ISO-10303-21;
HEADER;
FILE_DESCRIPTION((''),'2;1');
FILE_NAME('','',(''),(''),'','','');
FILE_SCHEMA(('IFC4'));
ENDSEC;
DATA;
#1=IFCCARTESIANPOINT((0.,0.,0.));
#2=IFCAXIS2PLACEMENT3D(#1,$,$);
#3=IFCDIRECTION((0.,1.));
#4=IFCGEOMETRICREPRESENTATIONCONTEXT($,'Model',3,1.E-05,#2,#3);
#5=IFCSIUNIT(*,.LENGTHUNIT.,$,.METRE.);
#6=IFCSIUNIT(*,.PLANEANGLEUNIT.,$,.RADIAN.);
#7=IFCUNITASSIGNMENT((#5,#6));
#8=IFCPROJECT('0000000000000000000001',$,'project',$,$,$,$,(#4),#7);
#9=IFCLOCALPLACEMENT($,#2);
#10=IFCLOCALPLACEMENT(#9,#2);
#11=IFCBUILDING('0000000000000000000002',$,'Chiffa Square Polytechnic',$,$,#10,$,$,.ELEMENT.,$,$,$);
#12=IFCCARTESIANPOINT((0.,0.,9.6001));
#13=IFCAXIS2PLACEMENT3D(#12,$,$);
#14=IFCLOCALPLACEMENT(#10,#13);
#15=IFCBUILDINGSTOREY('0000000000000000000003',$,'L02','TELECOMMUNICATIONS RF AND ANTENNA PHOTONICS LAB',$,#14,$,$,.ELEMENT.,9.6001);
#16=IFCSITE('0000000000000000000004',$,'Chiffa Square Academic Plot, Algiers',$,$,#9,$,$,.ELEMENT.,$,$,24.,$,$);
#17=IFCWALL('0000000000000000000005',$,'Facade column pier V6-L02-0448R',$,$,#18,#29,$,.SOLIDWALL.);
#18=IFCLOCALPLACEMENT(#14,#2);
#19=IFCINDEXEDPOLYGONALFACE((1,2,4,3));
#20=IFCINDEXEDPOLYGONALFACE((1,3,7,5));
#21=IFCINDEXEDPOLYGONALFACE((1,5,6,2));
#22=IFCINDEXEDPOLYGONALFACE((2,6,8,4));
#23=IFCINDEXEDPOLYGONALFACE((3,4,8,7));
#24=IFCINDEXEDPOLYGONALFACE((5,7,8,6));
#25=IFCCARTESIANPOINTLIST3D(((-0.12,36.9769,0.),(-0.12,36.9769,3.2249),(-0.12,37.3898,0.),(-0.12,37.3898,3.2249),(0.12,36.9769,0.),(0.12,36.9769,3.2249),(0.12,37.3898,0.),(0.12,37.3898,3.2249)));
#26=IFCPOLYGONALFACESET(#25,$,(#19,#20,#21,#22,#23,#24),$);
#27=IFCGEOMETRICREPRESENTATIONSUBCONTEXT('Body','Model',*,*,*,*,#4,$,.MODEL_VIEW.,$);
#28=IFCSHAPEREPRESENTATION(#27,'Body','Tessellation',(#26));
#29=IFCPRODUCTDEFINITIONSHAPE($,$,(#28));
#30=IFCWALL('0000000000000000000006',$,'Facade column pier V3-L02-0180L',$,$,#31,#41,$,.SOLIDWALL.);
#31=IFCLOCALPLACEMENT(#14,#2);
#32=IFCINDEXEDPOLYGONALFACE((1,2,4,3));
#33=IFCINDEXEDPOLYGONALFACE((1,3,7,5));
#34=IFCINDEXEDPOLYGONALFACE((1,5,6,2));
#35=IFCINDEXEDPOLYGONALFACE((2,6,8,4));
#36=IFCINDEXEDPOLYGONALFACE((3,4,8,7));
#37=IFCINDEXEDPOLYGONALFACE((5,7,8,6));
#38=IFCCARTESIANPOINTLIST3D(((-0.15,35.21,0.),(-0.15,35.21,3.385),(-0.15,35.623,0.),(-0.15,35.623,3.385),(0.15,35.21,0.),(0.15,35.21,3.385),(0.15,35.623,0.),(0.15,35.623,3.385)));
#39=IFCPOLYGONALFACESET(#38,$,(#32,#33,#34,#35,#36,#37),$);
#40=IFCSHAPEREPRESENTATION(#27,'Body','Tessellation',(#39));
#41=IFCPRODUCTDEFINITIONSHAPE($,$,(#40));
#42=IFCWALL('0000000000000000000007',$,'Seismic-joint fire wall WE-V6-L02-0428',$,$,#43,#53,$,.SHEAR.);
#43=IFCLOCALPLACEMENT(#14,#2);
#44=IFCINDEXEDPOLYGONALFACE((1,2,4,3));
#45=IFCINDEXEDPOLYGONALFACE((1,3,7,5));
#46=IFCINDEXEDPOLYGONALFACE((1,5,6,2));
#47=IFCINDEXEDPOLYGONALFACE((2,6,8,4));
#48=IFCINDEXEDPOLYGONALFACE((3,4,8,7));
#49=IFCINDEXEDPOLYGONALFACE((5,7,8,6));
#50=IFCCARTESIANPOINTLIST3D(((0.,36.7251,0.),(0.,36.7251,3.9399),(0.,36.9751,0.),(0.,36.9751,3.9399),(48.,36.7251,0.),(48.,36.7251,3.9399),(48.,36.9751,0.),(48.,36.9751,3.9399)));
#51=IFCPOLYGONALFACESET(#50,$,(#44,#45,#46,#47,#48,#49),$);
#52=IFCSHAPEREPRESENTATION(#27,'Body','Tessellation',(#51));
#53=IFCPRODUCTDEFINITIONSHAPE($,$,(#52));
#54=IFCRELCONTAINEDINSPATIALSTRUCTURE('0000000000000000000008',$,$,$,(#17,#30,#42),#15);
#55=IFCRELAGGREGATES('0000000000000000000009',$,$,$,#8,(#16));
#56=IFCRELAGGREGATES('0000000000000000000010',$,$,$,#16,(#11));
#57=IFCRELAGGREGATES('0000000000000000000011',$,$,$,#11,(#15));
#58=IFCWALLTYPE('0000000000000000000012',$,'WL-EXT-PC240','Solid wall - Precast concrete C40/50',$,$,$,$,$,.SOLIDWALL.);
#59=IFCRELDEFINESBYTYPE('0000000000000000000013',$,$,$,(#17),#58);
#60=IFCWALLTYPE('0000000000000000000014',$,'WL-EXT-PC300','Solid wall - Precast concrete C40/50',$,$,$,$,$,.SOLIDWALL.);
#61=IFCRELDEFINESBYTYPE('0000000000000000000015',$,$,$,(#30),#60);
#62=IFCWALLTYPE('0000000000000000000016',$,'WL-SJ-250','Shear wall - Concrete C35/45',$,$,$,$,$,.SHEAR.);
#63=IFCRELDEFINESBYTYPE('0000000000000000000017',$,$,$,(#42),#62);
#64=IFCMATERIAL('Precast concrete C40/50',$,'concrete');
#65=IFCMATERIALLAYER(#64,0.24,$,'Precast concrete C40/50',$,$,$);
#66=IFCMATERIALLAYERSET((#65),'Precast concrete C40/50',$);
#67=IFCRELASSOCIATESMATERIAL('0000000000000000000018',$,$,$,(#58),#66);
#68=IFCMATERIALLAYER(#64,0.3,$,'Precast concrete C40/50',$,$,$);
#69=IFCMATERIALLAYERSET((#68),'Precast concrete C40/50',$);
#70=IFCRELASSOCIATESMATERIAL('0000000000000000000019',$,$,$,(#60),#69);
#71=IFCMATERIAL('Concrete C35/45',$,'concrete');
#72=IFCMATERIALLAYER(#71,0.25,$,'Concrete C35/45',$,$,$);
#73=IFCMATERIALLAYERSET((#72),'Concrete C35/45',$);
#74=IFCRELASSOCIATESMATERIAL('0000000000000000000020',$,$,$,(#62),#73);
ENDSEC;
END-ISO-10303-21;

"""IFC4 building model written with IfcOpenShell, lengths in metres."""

from ifc_helpers import new_model, si_unit, direction, frame, frame_2d, origin, place, context, subcontext, project, spatial, rectangle, extrude, material, layer, layer_set, type_object, element, save


model = new_model("IFC4")

# Units and contexts
model_context = context("Model", 3, precision=1e-05, world=origin(), true_north=direction((0.0, 1.0)))
body_context = subcontext(model_context, "Body", "Model", "MODEL_VIEW")
ifc_project = project(units=[si_unit("LENGTHUNIT", "METRE"), si_unit("PLANEANGLEUNIT", "RADIAN")], contexts=[model_context])

# Site, building, storey
site_placement = place(None, origin())
site = spatial("IfcSite", under=ifc_project, at=site_placement, Name="Chiffa Square Academic Plot, Algiers", CompositionType="ELEMENT", RefElevation=24.0)
building_placement = place(site_placement, origin())
building = spatial("IfcBuilding", under=site, at=building_placement, Name="Chiffa Square Polytechnic", CompositionType="ELEMENT")
storey_placement = place(building_placement, frame((0.0, 0.0, 9.6001)))
storey = spatial("IfcBuildingStorey", under=building, at=storey_placement, Name="L02", Description="TELECOMMUNICATIONS RF AND ANTENNA PHOTONICS LAB", CompositionType="ELEMENT", Elevation=9.6001)

# Shared definitions
ifc_material_1 = material(Name="Concrete C35/45", Category="concrete")

# Walls
ifc_material_2 = material(Name="Precast concrete C40/50", Category="concrete")
ifc_layer_1 = layer(ifc_material_2, 0.24, Name="Precast concrete C40/50")
ifc_layer_set_1 = layer_set([ifc_layer_1], Name="Precast concrete C40/50")
wall_type_1 = type_object("IfcWallType", Name="WL-EXT-PC240", Description="Solid wall - Precast concrete C40/50", PredefinedType="SOLIDWALL", material=ifc_layer_set_1)
wall_1_placement = place(storey_placement, frame((0.0, 37.3899, 0.0), z_axis=(0.0, 0.0, 1.0), x_axis=(0.0, -1.0, 0.0)))
element("IfcWall", 1, at=wall_1_placement, inside=storey, type_object=wall_type_1, Name="Facade column pier V6-L02-0448R", PredefinedType="SOLIDWALL", context=body_context, shape_type="SweptSolid", body=[
    extrude(rectangle(XDim=0.4128, YDim=0.24, at=frame_2d((0.2065, 0.0))), origin(), (0.0, 0.0, 1.0), 3.2249),
])
ifc_layer_2 = layer(ifc_material_2, 0.3, Name="Precast concrete C40/50")
ifc_layer_set_2 = layer_set([ifc_layer_2], Name="Precast concrete C40/50")
wall_type_2 = type_object("IfcWallType", Name="WL-EXT-PC300", Description="Solid wall - Precast concrete C40/50", PredefinedType="SOLIDWALL", material=ifc_layer_set_2)
wall_2_placement = place(storey_placement, frame((0.0, 35.623, 0.0), z_axis=(0.0, 0.0, 1.0), x_axis=(0.0, -1.0, 0.0)))
element("IfcWall", 2, at=wall_2_placement, inside=storey, type_object=wall_type_2, Name="Facade column pier V3-L02-0180L", PredefinedType="SOLIDWALL", context=body_context, shape_type="SweptSolid", body=[
    extrude(rectangle(XDim=0.4131, YDim=0.3, at=frame_2d((0.2065, 0.0))), origin(), (0.0, 0.0, 1.0), 3.385),
])
ifc_layer_3 = layer(ifc_material_1, 0.25, Name="Concrete C35/45")
ifc_layer_set_3 = layer_set([ifc_layer_3], Name="Concrete C35/45")
wall_type_3 = type_object("IfcWallType", Name="WL-SJ-250", Description="Shear wall - Concrete C35/45", PredefinedType="SHEAR", material=ifc_layer_set_3)
wall_3_placement = place(storey_placement, frame((0.0, 36.8501, 0.0), z_axis=(0.0, 0.0, 1.0), x_axis=(1.0, 0.0, 0.0)))
element("IfcWall", 3, at=wall_3_placement, inside=storey, type_object=wall_type_3, Name="Seismic-joint fire wall WE-V6-L02-0428", PredefinedType="SHEAR", context=body_context, shape_type="SweptSolid", body=[
    extrude(rectangle(XDim=48.0, YDim=0.25, at=frame_2d((24.0, 0.0))), origin(), (0.0, 0.0, 1.0), 3.9399),
])

save(model, "model.ifc")
